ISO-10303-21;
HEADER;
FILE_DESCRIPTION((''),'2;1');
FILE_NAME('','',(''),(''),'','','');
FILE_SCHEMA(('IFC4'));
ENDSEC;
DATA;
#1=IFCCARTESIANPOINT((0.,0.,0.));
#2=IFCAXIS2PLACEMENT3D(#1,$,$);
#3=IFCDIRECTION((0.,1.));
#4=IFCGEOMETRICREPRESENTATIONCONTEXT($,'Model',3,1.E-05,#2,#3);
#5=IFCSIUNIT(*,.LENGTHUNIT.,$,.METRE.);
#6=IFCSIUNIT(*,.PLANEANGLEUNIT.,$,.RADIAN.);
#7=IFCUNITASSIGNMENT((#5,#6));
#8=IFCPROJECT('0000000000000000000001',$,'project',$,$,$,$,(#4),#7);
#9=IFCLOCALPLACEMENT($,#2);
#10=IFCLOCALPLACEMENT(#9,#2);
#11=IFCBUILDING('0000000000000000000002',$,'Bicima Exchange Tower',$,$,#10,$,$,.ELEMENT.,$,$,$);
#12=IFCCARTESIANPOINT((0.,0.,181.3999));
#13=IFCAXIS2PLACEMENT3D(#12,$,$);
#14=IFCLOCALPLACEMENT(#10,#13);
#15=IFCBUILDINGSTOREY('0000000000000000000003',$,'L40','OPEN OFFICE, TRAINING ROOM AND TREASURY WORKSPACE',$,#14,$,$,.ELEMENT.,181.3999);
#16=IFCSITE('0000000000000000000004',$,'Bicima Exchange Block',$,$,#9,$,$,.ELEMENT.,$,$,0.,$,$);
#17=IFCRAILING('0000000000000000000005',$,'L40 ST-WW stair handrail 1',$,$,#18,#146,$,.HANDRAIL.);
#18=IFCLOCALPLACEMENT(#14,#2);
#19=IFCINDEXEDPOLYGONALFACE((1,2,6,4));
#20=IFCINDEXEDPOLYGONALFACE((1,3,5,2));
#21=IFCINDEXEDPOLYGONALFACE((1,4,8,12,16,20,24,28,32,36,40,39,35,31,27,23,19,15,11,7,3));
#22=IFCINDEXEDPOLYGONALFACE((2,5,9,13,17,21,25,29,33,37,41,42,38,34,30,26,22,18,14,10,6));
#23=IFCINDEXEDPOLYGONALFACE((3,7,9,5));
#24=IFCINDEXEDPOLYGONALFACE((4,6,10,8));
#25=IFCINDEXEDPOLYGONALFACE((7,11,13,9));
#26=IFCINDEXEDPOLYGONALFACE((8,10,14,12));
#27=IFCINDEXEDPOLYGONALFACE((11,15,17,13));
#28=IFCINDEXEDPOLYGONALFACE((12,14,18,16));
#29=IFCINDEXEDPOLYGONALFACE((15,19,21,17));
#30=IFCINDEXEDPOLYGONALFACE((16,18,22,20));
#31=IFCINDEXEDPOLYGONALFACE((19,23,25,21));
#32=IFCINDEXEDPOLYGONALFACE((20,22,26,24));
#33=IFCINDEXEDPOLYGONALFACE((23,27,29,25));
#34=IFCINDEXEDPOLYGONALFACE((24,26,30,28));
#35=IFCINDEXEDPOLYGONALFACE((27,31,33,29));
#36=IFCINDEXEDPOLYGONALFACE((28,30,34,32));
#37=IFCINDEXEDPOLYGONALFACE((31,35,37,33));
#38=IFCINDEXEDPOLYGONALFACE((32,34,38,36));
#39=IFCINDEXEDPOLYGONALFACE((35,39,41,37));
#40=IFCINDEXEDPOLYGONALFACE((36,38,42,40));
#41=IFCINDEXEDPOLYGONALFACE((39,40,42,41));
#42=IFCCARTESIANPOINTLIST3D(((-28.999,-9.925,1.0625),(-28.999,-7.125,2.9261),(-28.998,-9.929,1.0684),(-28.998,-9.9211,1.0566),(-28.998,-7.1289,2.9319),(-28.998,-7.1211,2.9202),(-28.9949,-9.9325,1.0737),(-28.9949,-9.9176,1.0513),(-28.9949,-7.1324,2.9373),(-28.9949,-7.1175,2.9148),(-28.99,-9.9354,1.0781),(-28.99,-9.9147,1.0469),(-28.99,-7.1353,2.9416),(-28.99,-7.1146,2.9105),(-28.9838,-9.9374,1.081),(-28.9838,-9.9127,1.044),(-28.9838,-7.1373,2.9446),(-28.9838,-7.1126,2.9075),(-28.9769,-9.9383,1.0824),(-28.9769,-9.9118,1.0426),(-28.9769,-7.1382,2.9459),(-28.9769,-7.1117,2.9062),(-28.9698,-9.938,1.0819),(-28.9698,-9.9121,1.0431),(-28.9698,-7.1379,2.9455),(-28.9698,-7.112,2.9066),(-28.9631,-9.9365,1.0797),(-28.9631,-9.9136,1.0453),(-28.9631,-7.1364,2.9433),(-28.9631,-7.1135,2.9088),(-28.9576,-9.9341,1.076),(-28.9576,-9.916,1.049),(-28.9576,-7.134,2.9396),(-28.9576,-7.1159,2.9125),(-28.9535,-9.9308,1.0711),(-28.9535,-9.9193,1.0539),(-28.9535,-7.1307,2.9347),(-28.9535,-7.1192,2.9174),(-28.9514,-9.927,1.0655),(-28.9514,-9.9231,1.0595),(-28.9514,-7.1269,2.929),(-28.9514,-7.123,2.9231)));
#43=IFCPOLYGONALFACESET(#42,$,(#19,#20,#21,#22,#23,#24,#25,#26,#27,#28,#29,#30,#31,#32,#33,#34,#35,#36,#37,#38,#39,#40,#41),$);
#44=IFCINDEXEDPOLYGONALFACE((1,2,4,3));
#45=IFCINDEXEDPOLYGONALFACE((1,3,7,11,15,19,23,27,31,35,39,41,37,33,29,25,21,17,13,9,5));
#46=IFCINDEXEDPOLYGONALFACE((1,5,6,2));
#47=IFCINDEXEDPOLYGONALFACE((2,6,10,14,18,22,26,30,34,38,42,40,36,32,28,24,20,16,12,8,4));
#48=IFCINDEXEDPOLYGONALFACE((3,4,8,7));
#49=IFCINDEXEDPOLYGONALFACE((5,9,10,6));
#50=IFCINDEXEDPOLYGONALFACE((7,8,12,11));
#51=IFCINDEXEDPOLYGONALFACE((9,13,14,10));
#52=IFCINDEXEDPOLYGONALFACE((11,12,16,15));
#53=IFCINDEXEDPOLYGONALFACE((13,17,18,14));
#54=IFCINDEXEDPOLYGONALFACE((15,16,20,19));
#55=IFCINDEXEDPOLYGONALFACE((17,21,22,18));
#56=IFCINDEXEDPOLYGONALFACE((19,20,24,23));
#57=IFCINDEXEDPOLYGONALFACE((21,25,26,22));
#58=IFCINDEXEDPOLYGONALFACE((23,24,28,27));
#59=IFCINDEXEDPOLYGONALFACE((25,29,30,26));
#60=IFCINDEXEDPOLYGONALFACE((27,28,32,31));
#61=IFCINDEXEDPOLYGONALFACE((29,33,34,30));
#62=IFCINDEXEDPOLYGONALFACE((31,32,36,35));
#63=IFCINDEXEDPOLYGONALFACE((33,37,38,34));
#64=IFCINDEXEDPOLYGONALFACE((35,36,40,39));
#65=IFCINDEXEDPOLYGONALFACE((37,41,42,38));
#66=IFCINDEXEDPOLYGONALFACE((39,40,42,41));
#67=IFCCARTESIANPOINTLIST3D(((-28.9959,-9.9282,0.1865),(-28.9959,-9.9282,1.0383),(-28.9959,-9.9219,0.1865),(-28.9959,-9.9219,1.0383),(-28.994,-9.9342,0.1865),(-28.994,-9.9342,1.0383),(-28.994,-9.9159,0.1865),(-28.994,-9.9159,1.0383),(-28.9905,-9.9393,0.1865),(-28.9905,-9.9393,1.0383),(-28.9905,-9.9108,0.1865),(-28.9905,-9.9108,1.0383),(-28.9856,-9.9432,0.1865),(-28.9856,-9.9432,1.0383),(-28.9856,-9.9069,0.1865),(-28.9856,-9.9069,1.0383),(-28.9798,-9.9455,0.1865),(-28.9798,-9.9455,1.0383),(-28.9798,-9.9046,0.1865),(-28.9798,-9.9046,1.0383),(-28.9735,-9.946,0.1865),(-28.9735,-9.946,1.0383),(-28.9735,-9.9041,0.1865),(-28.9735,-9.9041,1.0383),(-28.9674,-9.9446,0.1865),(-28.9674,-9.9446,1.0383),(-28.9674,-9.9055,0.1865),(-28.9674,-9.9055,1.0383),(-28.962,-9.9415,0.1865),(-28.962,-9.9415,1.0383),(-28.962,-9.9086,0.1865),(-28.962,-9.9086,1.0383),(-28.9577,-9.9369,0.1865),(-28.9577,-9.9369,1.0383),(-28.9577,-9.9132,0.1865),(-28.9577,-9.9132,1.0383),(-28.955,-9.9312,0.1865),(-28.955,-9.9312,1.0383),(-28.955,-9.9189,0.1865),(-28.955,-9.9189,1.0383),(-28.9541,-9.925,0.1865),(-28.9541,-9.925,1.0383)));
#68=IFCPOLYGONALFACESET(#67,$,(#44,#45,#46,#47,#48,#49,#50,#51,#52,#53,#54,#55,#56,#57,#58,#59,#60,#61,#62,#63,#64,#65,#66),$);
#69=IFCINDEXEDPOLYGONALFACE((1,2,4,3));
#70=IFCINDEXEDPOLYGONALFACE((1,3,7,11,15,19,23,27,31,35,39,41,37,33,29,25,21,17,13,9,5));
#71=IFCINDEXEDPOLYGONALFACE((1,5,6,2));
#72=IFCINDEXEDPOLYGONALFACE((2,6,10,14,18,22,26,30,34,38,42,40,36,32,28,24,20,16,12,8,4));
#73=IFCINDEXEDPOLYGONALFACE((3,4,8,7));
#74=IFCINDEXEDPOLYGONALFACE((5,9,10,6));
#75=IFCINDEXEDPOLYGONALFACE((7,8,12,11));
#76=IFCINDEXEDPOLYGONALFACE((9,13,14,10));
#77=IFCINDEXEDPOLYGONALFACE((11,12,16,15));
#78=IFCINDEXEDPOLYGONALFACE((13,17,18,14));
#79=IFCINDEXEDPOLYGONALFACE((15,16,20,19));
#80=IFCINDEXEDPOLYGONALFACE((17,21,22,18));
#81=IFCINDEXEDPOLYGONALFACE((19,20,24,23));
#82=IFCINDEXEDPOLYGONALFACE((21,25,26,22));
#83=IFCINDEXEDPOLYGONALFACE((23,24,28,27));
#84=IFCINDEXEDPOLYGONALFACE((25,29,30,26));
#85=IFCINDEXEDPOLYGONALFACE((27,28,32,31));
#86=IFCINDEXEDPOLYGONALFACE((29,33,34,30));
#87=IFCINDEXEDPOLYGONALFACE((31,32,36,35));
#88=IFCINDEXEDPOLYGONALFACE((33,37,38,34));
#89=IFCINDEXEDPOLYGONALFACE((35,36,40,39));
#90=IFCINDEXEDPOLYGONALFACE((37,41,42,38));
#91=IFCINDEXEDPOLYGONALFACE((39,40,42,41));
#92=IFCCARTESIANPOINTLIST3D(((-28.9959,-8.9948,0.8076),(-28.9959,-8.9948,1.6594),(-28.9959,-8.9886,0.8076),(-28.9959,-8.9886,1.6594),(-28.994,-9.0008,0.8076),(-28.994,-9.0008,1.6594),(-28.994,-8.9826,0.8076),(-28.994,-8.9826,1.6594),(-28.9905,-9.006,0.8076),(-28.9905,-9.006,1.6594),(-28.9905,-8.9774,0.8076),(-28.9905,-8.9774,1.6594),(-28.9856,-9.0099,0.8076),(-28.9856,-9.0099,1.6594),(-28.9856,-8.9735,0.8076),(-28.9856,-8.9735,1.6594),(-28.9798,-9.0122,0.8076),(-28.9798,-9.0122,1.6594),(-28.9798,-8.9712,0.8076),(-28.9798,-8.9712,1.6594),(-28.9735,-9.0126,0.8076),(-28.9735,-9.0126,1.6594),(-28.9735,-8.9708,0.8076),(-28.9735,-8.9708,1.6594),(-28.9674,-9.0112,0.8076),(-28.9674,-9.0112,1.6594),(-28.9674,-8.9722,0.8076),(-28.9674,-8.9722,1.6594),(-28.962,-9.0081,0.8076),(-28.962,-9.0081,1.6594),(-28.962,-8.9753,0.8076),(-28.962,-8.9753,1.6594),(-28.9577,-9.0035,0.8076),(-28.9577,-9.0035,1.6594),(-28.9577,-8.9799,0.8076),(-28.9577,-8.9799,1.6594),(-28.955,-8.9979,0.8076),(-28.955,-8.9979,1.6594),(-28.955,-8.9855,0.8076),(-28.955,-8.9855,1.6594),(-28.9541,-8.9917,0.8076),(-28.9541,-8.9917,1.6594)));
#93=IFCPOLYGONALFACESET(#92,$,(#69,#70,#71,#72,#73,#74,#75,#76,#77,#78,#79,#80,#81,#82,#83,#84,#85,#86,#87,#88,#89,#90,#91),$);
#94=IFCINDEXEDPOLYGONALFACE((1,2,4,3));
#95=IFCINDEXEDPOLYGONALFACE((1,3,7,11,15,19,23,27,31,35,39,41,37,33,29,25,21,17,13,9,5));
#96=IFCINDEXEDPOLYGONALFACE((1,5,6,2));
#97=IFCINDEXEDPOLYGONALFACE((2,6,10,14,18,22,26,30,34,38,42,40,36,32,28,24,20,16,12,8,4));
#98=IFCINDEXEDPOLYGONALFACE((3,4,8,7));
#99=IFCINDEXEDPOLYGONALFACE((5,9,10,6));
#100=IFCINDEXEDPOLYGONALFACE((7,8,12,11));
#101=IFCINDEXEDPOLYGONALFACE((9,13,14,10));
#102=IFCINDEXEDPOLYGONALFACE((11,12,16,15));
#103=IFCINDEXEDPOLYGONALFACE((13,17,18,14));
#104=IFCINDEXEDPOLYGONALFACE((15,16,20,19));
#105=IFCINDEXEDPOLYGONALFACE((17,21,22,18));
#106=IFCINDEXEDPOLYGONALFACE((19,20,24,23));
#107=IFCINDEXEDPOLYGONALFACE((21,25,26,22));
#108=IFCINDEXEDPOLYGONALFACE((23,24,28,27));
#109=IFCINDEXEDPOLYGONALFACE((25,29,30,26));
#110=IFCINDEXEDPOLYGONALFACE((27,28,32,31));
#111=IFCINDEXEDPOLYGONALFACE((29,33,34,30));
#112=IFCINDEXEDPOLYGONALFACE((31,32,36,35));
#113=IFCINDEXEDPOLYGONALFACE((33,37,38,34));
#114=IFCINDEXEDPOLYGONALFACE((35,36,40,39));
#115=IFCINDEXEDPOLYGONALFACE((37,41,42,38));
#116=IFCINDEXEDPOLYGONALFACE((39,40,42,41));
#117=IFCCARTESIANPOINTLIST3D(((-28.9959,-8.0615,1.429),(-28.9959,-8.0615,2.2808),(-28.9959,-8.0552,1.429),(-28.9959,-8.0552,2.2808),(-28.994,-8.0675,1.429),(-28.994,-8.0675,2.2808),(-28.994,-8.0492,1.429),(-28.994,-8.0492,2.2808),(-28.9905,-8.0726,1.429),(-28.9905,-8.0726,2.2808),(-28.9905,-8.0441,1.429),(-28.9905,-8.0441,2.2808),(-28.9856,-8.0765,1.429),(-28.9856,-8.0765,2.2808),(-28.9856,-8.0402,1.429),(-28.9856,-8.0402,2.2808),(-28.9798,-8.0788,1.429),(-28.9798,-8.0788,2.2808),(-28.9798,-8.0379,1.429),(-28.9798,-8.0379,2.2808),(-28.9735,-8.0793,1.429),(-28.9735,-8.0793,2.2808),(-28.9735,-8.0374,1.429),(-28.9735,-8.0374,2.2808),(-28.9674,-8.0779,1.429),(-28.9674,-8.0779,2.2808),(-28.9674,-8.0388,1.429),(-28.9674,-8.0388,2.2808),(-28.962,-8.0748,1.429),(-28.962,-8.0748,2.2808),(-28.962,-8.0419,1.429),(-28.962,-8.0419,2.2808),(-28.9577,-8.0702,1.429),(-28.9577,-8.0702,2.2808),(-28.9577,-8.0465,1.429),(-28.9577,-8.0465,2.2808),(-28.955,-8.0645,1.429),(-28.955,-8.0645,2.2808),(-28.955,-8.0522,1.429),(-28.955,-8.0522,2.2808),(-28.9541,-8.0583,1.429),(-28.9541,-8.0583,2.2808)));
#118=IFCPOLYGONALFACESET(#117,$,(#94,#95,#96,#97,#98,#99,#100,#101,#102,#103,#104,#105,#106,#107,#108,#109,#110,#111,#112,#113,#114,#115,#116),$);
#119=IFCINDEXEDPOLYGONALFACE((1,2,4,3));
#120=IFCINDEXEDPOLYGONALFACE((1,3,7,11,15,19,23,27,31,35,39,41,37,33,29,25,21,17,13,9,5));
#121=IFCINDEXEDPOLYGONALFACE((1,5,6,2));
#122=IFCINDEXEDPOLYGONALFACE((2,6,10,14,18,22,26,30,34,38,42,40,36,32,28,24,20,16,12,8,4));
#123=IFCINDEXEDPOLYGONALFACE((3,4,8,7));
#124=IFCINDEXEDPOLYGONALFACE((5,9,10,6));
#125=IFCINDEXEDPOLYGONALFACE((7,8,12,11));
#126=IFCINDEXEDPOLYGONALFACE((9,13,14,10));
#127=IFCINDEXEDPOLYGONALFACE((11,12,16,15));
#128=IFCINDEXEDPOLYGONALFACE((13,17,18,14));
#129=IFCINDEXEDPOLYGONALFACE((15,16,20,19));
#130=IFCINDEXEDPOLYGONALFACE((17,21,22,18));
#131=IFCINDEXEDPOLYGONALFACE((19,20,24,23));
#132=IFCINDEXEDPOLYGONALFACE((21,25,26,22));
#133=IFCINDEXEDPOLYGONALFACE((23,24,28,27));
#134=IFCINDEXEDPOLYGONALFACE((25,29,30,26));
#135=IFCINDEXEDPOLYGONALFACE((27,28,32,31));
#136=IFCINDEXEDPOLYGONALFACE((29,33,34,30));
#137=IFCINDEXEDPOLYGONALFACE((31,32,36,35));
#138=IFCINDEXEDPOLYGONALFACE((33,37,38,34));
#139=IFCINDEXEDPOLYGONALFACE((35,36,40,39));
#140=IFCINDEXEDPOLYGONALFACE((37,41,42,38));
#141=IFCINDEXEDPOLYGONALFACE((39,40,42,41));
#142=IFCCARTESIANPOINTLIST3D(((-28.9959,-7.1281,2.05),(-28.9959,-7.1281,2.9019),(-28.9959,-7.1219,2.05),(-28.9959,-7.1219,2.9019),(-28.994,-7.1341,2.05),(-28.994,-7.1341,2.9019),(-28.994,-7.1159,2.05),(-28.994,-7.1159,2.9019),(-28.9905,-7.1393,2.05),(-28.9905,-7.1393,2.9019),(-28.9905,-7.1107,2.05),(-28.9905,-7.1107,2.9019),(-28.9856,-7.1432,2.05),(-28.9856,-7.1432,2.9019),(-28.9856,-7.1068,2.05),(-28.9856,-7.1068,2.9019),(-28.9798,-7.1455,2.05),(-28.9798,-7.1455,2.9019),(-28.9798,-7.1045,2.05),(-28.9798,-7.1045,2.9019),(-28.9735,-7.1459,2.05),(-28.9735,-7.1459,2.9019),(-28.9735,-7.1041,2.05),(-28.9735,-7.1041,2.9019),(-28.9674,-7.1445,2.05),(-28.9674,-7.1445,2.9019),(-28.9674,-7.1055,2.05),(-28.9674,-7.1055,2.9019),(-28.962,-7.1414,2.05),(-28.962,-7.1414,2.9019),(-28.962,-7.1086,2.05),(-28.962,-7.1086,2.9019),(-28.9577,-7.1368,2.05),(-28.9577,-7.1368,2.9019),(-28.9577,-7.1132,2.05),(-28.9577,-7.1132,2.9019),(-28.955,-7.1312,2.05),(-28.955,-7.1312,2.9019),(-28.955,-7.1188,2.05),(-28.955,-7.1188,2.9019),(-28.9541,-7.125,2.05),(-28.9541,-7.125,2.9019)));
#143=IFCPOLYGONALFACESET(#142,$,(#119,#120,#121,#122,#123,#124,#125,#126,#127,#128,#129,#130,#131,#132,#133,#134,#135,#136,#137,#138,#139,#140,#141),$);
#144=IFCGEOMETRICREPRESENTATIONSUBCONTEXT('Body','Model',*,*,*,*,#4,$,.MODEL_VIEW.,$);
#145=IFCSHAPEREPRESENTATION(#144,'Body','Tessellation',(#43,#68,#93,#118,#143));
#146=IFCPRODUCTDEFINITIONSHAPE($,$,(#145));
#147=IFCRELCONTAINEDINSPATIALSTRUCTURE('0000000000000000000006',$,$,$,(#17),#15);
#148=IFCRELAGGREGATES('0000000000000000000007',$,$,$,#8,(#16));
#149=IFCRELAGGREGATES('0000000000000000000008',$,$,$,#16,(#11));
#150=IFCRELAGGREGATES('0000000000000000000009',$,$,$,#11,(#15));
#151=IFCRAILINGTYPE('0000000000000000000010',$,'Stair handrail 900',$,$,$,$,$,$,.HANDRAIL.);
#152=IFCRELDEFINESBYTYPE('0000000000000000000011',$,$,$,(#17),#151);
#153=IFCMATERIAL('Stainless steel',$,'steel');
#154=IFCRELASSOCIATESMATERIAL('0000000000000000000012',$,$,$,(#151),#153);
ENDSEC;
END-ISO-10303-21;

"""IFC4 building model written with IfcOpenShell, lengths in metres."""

from ifc_helpers import new_model, si_unit, direction, frame, origin, origin_2d, place, context, subcontext, project, spatial, circle, extrude, material, type_object, element, save


model = new_model("IFC4")

# Units and contexts
model_context = context("Model", 3, precision=1e-05, world=origin(), true_north=direction((0.0, 1.0)))
body_context = subcontext(model_context, "Body", "Model", "MODEL_VIEW")
ifc_project = project(units=[si_unit("LENGTHUNIT", "METRE"), si_unit("PLANEANGLEUNIT", "RADIAN")], contexts=[model_context])

# Site, building, storey
site_placement = place(None, origin())
site = spatial("IfcSite", under=ifc_project, at=site_placement, Name="Bicima Exchange Block", CompositionType="ELEMENT", RefElevation=0.0)
building_placement = place(site_placement, origin())
building = spatial("IfcBuilding", under=site, at=building_placement, Name="Bicima Exchange Tower", CompositionType="ELEMENT")
storey_placement = place(building_placement, frame((0.0, 0.0, 181.3999)))
storey = spatial("IfcBuildingStorey", under=building, at=storey_placement, Name="L40", Description="OPEN OFFICE, TRAINING ROOM AND TREASURY WORKSPACE", CompositionType="ELEMENT", Elevation=181.3999)

# Railing
ifc_material_1 = material(Name="Stainless steel", Category="steel")
railing_type_1 = type_object("IfcRailingType", Name="Stair handrail 900", PredefinedType="HANDRAIL", material=ifc_material_1)
railing_1_placement = place(storey_placement, frame((-28.9751, -9.925, 0.1865)))
element("IfcRailing", 1, at=railing_1_placement, inside=storey, type_object=railing_type_1, Name="L40 ST-WW stair handrail 1", PredefinedType="HANDRAIL", context=body_context, shape_type="SweptSolid", body=[
    extrude(circle(Radius=0.0239, at=origin_2d()), frame((0.0, 0.0, 0.876), z_axis=(0.0, 0.832486, 0.554047), x_axis=(-1.0, 0.0, 0.0)), (0.0, 0.0, 1.0), 3.3635),
    extrude(circle(Radius=0.021, at=origin_2d()), origin(), (0.0, 0.0, 1.0), 0.8518),
    extrude(circle(Radius=0.021, at=origin_2d()), frame((0.0, 0.9333, 0.6211)), (0.0, 0.0, 1.0), 0.8518),
    extrude(circle(Radius=0.021, at=origin_2d()), frame((0.0, 1.8667, 1.2424)), (0.0, 0.0, 1.0), 0.8518),
    extrude(circle(Radius=0.021, at=origin_2d()), frame((0.0, 2.8, 1.8635)), (0.0, 0.0, 1.0), 0.8518),
])

save(model, "model.ifc")
